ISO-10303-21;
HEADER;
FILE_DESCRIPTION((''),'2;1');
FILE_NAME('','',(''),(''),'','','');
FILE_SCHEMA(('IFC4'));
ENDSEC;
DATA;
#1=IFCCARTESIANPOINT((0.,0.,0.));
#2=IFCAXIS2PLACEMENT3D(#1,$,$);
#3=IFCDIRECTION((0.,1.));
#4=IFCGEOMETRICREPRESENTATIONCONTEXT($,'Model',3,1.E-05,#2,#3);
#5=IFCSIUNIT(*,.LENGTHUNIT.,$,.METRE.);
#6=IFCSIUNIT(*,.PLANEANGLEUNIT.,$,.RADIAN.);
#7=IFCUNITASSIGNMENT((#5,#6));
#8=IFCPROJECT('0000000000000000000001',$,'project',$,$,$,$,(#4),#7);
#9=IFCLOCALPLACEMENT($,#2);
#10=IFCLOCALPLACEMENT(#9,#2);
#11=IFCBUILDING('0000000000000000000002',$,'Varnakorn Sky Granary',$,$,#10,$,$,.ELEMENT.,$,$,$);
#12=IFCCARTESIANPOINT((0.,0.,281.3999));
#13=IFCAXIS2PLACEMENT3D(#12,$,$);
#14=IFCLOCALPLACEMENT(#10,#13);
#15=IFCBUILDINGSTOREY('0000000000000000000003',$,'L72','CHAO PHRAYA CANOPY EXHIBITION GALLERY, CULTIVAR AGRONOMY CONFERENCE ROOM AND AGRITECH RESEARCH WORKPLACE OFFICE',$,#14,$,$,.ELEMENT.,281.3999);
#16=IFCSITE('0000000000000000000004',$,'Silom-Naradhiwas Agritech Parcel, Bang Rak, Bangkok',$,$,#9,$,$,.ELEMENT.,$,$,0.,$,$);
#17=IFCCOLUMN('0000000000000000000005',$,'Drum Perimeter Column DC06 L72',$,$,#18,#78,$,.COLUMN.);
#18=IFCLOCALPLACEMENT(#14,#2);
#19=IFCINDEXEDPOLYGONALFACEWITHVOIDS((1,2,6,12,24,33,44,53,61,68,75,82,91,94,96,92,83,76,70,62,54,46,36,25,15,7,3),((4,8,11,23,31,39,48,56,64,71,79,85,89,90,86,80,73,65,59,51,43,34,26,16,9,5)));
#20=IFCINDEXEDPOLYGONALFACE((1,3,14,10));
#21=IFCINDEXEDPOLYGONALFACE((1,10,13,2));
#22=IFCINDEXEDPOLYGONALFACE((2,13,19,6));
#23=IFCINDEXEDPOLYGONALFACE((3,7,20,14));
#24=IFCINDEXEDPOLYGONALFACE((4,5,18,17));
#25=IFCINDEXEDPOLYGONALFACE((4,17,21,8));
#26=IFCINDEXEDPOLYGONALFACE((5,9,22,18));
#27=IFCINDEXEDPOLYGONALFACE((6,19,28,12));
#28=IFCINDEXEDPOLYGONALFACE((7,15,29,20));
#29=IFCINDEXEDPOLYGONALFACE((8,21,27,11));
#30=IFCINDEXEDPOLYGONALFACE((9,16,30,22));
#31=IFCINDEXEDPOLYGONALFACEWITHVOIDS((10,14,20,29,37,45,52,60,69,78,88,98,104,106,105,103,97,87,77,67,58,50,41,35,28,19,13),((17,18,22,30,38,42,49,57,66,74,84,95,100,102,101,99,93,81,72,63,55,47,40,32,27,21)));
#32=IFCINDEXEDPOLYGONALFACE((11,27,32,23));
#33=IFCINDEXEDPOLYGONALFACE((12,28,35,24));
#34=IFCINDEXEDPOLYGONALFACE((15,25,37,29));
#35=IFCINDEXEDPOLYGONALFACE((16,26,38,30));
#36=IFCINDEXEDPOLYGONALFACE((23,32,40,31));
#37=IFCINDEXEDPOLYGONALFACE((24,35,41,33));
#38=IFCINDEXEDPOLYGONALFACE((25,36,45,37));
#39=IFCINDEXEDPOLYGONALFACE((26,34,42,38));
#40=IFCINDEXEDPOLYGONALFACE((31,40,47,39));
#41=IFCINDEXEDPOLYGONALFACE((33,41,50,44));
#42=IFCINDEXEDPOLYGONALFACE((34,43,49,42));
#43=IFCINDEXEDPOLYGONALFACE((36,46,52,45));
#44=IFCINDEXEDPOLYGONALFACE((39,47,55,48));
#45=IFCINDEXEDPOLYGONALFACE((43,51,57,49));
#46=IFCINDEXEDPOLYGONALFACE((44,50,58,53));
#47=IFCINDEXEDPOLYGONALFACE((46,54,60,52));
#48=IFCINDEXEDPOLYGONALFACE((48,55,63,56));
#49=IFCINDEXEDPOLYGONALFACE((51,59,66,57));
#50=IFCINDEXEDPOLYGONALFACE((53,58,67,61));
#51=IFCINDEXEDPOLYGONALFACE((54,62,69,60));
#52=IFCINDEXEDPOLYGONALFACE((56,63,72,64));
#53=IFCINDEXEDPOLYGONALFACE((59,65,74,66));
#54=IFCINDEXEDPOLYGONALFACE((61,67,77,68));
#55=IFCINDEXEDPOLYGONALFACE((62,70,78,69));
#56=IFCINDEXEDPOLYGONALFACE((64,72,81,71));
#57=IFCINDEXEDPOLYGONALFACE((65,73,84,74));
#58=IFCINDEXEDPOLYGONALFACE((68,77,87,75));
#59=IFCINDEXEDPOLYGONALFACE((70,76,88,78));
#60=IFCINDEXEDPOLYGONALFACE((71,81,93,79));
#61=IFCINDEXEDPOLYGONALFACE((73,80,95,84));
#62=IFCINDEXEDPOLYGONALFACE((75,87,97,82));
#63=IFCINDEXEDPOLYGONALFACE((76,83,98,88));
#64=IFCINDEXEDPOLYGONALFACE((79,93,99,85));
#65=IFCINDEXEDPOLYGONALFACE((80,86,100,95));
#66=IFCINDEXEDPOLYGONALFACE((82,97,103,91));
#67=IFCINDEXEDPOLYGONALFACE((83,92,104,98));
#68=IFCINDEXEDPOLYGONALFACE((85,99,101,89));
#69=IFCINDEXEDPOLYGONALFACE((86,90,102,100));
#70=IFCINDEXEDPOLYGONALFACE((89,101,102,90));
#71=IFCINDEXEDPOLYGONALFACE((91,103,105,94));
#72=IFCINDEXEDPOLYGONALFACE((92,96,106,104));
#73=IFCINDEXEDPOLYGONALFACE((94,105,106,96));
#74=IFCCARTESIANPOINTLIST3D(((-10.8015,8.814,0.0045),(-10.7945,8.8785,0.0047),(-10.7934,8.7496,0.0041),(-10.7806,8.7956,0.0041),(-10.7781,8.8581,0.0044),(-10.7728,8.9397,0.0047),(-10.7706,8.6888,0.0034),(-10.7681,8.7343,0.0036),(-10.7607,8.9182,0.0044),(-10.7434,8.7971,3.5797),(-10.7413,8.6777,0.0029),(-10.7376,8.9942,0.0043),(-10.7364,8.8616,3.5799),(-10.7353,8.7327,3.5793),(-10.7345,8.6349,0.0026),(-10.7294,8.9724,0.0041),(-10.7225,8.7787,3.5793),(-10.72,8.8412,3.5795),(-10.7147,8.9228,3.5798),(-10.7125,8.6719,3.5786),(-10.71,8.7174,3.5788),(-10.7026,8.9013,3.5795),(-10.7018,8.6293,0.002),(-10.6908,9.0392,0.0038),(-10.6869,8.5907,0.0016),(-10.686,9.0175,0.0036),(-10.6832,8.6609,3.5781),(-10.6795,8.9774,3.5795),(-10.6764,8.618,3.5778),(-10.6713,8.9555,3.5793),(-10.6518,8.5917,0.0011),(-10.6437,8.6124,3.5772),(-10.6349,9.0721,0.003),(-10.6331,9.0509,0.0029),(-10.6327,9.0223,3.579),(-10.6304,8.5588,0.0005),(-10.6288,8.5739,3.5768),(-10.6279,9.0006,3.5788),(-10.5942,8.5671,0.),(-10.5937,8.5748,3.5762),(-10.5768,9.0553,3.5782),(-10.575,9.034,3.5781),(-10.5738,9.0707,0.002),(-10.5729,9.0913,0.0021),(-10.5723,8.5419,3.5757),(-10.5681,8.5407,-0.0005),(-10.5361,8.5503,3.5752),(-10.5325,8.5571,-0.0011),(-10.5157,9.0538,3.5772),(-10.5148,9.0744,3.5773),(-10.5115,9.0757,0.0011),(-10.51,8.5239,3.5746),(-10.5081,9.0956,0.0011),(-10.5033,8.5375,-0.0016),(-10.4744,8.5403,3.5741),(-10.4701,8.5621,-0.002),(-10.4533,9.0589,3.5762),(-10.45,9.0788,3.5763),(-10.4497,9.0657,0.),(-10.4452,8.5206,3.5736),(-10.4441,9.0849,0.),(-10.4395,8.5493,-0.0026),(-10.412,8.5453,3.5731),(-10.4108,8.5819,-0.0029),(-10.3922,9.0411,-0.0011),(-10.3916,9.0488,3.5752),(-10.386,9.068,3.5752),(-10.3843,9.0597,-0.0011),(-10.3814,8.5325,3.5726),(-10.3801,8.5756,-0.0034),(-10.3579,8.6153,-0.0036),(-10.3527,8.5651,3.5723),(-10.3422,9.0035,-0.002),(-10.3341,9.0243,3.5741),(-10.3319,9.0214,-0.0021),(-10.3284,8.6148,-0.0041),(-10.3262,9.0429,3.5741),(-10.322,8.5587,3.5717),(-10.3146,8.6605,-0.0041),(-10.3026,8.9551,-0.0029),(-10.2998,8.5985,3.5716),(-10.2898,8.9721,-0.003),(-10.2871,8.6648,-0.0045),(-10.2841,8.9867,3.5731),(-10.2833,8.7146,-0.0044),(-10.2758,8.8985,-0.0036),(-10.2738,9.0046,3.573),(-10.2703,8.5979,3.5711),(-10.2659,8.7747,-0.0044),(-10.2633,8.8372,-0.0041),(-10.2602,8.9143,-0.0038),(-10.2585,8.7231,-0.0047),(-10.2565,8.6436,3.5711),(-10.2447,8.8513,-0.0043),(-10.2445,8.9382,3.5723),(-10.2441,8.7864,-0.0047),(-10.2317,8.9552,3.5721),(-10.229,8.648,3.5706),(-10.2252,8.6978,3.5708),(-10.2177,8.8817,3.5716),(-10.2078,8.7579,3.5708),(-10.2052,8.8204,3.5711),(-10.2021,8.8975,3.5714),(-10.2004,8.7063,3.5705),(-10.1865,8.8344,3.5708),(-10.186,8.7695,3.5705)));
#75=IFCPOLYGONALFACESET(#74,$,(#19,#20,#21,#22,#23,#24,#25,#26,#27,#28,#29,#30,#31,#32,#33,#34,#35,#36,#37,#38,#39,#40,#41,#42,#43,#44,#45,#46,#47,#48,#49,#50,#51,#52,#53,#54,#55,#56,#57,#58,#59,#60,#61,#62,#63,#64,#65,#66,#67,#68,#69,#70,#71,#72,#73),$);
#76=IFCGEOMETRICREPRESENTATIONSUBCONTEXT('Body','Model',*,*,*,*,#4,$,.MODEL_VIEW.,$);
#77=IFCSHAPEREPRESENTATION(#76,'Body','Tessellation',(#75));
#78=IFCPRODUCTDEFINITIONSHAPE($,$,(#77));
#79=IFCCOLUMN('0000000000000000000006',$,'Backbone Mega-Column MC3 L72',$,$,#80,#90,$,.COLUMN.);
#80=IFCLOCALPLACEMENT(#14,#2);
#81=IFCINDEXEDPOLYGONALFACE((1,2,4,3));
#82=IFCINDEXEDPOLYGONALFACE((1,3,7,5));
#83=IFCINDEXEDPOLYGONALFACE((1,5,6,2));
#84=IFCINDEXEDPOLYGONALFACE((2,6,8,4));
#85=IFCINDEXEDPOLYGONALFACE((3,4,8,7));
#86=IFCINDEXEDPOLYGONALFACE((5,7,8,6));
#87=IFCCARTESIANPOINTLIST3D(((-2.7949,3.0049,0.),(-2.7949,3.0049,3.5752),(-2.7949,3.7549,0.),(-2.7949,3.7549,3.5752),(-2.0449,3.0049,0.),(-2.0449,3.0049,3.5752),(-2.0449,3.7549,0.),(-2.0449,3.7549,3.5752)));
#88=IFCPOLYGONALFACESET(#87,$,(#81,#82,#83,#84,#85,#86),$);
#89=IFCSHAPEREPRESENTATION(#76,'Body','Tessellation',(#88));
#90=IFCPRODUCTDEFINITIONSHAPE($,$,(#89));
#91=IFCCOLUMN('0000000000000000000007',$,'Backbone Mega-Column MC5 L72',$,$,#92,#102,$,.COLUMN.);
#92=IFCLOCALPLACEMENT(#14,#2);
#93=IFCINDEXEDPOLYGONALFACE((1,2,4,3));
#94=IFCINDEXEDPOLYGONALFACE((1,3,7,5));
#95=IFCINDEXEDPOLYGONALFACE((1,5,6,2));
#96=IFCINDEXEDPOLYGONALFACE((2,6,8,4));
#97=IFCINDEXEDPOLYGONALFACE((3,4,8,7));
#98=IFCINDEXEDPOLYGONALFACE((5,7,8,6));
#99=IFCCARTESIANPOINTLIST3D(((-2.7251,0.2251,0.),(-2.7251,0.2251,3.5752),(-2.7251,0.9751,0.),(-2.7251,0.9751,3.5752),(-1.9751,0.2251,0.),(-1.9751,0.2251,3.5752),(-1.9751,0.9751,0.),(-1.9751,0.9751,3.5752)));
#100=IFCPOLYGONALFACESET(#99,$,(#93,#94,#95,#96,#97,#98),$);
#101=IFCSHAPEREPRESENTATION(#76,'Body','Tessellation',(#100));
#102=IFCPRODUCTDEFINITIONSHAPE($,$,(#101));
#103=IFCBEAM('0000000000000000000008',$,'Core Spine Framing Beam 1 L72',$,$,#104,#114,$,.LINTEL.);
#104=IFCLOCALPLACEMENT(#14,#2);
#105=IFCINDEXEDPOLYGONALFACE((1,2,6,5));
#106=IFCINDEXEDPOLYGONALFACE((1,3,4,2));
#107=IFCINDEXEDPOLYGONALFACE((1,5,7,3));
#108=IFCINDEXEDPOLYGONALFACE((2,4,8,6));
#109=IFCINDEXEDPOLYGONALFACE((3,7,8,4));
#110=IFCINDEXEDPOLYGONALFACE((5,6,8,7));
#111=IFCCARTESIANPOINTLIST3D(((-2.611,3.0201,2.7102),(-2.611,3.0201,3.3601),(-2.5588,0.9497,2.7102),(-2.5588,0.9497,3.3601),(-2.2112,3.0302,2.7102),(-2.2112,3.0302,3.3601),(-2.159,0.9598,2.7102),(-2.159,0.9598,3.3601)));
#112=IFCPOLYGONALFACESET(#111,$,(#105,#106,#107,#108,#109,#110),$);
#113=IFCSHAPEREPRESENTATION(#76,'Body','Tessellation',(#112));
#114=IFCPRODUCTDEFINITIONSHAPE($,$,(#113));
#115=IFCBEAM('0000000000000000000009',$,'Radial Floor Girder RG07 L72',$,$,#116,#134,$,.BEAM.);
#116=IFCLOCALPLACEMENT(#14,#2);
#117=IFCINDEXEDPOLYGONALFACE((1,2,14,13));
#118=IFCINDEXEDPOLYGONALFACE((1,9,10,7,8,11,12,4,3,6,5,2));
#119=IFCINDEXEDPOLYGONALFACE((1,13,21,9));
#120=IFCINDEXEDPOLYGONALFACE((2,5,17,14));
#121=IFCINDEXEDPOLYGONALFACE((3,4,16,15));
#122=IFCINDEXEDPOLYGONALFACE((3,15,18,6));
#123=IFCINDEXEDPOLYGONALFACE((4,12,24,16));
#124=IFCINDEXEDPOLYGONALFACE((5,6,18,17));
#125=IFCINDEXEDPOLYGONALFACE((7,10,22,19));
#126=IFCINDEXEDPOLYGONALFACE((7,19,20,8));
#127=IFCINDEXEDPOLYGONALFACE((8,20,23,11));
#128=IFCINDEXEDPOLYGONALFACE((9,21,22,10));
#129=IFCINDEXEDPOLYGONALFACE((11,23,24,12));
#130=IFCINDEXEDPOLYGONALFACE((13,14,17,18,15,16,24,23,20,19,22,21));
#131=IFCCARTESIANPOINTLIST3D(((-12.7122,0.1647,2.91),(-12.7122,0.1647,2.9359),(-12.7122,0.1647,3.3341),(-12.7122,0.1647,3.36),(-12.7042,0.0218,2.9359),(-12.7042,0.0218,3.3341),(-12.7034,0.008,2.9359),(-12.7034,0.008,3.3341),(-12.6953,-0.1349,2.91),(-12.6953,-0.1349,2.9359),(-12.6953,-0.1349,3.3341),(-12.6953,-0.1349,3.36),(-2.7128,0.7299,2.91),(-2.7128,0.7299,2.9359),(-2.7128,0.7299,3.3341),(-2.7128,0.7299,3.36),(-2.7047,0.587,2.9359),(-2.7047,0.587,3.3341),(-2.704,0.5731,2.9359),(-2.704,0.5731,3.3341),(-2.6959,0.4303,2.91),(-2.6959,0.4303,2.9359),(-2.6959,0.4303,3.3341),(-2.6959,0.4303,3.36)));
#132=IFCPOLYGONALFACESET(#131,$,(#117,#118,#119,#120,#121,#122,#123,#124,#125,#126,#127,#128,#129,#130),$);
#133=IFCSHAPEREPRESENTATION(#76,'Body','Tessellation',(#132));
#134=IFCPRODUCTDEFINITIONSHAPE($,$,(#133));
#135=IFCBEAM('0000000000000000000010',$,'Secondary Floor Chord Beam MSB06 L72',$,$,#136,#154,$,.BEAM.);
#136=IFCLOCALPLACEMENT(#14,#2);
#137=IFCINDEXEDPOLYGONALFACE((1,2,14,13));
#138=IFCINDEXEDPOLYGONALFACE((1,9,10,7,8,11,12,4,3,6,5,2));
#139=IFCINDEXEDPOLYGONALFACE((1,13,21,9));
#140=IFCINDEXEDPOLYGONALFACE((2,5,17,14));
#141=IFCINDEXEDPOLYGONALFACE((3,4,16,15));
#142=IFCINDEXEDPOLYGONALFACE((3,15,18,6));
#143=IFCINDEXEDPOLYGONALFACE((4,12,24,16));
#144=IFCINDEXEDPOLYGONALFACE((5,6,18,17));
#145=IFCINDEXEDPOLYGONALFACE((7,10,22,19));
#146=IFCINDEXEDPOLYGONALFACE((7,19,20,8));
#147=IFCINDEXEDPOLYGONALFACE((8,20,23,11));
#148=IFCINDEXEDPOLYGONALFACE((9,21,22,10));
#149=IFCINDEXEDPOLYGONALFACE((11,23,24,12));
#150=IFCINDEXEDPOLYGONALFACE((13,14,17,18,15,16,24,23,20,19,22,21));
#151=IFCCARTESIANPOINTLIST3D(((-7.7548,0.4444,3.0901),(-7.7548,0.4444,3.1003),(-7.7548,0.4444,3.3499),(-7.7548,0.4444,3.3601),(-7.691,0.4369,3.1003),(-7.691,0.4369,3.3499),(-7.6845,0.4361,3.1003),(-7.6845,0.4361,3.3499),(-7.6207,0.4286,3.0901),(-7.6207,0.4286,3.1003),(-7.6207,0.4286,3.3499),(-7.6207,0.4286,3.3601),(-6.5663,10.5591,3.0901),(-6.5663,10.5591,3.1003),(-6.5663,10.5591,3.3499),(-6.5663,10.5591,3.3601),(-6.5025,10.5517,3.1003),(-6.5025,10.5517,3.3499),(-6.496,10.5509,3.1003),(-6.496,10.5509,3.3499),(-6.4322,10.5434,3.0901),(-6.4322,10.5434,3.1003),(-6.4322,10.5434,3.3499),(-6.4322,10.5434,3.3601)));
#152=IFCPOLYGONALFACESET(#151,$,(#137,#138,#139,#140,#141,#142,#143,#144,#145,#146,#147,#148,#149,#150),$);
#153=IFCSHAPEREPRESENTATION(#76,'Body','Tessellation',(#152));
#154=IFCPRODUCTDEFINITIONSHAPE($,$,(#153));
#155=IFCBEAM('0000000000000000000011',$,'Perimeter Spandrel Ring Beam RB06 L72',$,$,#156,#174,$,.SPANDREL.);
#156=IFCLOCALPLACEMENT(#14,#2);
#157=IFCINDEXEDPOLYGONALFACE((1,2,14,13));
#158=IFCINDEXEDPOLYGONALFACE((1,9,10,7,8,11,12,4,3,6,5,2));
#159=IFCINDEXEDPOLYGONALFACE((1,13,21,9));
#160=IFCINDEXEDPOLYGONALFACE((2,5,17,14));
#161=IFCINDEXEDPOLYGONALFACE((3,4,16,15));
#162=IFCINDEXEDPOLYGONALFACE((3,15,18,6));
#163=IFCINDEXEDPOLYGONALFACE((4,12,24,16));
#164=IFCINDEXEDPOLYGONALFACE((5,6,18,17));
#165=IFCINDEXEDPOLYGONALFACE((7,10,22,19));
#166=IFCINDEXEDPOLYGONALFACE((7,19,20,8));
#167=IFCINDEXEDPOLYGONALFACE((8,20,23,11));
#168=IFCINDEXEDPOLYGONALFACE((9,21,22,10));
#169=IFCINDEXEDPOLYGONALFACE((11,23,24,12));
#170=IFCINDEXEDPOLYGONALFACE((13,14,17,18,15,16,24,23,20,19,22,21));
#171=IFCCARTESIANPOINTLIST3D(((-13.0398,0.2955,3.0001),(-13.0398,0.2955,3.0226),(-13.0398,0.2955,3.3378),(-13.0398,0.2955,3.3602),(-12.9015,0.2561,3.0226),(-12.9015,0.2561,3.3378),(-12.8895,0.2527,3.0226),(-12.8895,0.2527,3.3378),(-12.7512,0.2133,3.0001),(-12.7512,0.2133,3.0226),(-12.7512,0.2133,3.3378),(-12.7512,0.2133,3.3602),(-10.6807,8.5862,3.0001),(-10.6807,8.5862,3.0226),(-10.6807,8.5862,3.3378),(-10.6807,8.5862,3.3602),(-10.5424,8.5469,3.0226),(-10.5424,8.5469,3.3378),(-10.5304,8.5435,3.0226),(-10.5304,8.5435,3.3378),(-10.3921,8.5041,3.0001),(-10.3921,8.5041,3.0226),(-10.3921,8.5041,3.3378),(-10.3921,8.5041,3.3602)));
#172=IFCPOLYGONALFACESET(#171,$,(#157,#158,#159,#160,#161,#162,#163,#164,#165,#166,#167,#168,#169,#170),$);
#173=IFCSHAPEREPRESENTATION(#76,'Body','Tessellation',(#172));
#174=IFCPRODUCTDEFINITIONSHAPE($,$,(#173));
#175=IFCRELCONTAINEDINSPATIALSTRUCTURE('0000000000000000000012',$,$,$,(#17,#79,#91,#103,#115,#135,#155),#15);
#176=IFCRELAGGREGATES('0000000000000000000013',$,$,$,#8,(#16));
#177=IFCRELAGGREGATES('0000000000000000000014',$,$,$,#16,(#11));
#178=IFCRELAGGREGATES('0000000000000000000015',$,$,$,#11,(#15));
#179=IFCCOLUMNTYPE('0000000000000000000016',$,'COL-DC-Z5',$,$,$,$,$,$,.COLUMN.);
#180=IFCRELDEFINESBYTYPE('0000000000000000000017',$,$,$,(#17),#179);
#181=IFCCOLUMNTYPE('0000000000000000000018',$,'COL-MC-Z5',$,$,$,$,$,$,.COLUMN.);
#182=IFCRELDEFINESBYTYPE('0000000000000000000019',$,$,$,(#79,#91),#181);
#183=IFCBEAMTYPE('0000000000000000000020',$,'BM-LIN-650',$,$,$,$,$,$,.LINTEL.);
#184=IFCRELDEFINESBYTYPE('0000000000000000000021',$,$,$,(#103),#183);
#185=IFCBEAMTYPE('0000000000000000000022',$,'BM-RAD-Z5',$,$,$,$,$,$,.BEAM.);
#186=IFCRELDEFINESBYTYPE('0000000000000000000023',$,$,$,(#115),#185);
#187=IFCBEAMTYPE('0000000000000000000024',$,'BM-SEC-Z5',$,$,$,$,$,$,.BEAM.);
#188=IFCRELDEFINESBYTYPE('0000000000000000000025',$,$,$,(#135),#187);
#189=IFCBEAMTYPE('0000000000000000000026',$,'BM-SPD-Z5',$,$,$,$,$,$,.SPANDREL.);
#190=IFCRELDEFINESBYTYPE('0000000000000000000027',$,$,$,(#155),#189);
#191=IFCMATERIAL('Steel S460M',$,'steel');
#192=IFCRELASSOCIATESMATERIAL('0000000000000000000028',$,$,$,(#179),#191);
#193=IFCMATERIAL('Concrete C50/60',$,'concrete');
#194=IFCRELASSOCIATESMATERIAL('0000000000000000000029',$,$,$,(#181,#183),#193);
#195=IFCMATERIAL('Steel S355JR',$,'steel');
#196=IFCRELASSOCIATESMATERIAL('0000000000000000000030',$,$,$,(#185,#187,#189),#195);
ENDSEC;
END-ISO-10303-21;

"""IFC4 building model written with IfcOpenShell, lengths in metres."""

from ifc_helpers import new_model, si_unit, direction, frame, origin, origin_2d, place, context, subcontext, project, spatial, rectangle, hollow_circle, i_section, extrude, material, material_profile, profile_set, type_object, element, save


model = new_model("IFC4")

# Units and contexts
model_context = context("Model", 3, precision=1e-05, world=origin(), true_north=direction((0.0, 1.0)))
body_context = subcontext(model_context, "Body", "Model", "MODEL_VIEW")
ifc_project = project(units=[si_unit("LENGTHUNIT", "METRE"), si_unit("PLANEANGLEUNIT", "RADIAN")], contexts=[model_context])

# Site, building, storey
site_placement = place(None, origin())
site = spatial("IfcSite", under=ifc_project, at=site_placement, Name="Silom-Naradhiwas Agritech Parcel, Bang Rak, Bangkok", CompositionType="ELEMENT", RefElevation=0.0)
building_placement = place(site_placement, origin())
building = spatial("IfcBuilding", under=site, at=building_placement, Name="Varnakorn Sky Granary", CompositionType="ELEMENT")
storey_placement = place(building_placement, frame((0.0, 0.0, 281.3999)))
storey = spatial("IfcBuildingStorey", under=building, at=storey_placement, Name="L72", Description="CHAO PHRAYA CANOPY EXHIBITION GALLERY, CULTIVAR AGRONOMY CONFERENCE ROOM AND AGRITECH RESEARCH WORKPLACE OFFICE", CompositionType="ELEMENT", Elevation=281.3999)

# Columns
ifc_material_1 = material(Name="Steel S460M", Category="steel")
ifc_material_profile_1 = material_profile(ifc_material_1, hollow_circle(Radius=0.2795, WallThickness=0.02, at=origin_2d()), Name="CHS 559x20")
ifc_profile_set_1 = profile_set([ifc_material_profile_1], Name="Steel S460M")
column_type_1 = type_object("IfcColumnType", Name="COL-DC-Z5", PredefinedType="COLUMN", material=ifc_profile_set_1)
column_placement = place(storey_placement, frame((-10.522, 8.8164, 0.0), z_axis=(0.01625, -0.004711, 0.999857), x_axis=(0.27845, 0.960451, 0.0)))
element("IfcColumn", 1, at=column_placement, inside=storey, type_object=column_type_1, Name="Drum Perimeter Column DC06 L72", PredefinedType="COLUMN", context=body_context, shape_type="SweptSolid", body=[
    extrude(hollow_circle(Radius=0.2795, WallThickness=0.02, at=origin_2d()), origin(), (0.0, 0.0, 1.0), 3.5757),
])
ifc_material_2 = material(Name="Concrete C50/60", Category="concrete")
ifc_material_profile_2 = material_profile(ifc_material_2, rectangle(XDim=0.75, YDim=0.75, at=origin_2d()), Name="RC 750x750")
ifc_profile_set_2 = profile_set([ifc_material_profile_2], Name="Concrete C50/60")
column_type_2 = type_object("IfcColumnType", Name="COL-MC-Z5", PredefinedType="COLUMN", material=ifc_profile_set_2)
for number, where, z_axis, x_axis, name in (
    (2, (-2.4199, 3.3799, 0.0), (0.0, 0.0, 1.0), (1.0, 0.0, 0.0), "Backbone Mega-Column MC3 L72"),
    (3, (-2.3501, 0.6001, 0.0), (0.0, 0.0, 1.0), (1.0, 0.0, 0.0), "Backbone Mega-Column MC5 L72"),
):
    element("IfcColumn", number, at=place(storey_placement, frame(where, z_axis=z_axis, x_axis=x_axis)), inside=storey, type_object=column_type_2, Name=name, PredefinedType="COLUMN", context=body_context, shape_type="SweptSolid", body=[
        extrude(rectangle(XDim=0.75, YDim=0.75, at=origin_2d()), origin(), (0.0, 0.0, 1.0), 3.5752),
    ])

# Beams
ifc_material_profile_3 = material_profile(ifc_material_2, rectangle(XDim=0.3999, YDim=0.6499, at=origin_2d()), Name="RC 400x650")
ifc_profile_set_3 = profile_set([ifc_material_profile_3], Name="Concrete C50/60")
beam_type_1 = type_object("IfcBeamType", Name="BM-LIN-650", PredefinedType="LINTEL", material=ifc_profile_set_3)
beam_1_placement = place(storey_placement, frame((-2.4111, 3.0251, 3.0352), z_axis=(0.025228, -0.999682, 0.0), x_axis=(0.999682, 0.025228, 0.0)))
element("IfcBeam", 4, at=beam_1_placement, inside=storey, type_object=beam_type_1, Name="Core Spine Framing Beam 1 L72", PredefinedType="LINTEL", context=body_context, shape_type="SweptSolid", body=[
    extrude(rectangle(XDim=0.3999, YDim=0.6499, at=origin_2d()), origin(), (0.0, 0.0, 1.0), 2.071),
])
ifc_material_3 = material(Name="Steel S355JR", Category="steel")
ifc_material_profile_4 = material_profile(ifc_material_3, i_section(OverallWidth=0.3, OverallDepth=0.45, WebThickness=0.0139, FlangeThickness=0.0259, at=origin_2d()), Name="HE 450 B")
ifc_profile_set_4 = profile_set([ifc_material_profile_4], Name="Steel S355JR")
beam_type_2 = type_object("IfcBeamType", Name="BM-RAD-Z5", PredefinedType="BEAM", material=ifc_profile_set_4)
beam_2_placement = place(storey_placement, frame((-2.7043, 0.5801, 3.135), z_axis=(-0.998406, -0.056431, 0.0), x_axis=(0.056431, -0.998406, 0.0)))
element("IfcBeam", 5, at=beam_2_placement, inside=storey, type_object=beam_type_2, Name="Radial Floor Girder RG07 L72", PredefinedType="BEAM", context=body_context, shape_type="SweptSolid", body=[
    extrude(i_section(OverallWidth=0.3, OverallDepth=0.45, WebThickness=0.0139, FlangeThickness=0.0259, at=origin_2d()), origin(), (0.0, 0.0, 1.0), 10.0154),
])
ifc_material_profile_5 = material_profile(ifc_material_3, i_section(OverallWidth=0.135, OverallDepth=0.27, WebThickness=0.0066, FlangeThickness=0.0103, at=origin_2d()), Name="IPE 270")
ifc_profile_set_5 = profile_set([ifc_material_profile_5], Name="Steel S355JR")
beam_type_3 = type_object("IfcBeamType", Name="BM-SEC-Z5", PredefinedType="BEAM", material=ifc_profile_set_5)
beam_3_placement = place(storey_placement, frame((-6.4993, 10.5513, 3.2251), z_axis=(-0.116697, -0.993168, 0.0), x_axis=(0.993168, -0.116697, 0.0)))
element("IfcBeam", 6, at=beam_3_placement, inside=storey, type_object=beam_type_3, Name="Secondary Floor Chord Beam MSB06 L72", PredefinedType="BEAM", context=body_context, shape_type="SweptSolid", body=[
    extrude(i_section(OverallWidth=0.135, OverallDepth=0.27, WebThickness=0.0066, FlangeThickness=0.0103, at=origin_2d()), origin(), (0.0, 0.0, 1.0), 10.1843),
])
ifc_material_profile_6 = material_profile(ifc_material_3, i_section(OverallWidth=0.3, OverallDepth=0.3601, WebThickness=0.0125, FlangeThickness=0.0225, at=origin_2d()), Name="HE 360 B")
ifc_profile_set_6 = profile_set([ifc_material_profile_6], Name="Steel S355JR")
beam_type_4 = type_object("IfcBeamType", Name="BM-SPD-Z5", PredefinedType="SPANDREL", material=ifc_profile_set_6)
beam_4_placement = place(storey_placement, frame((-10.5364, 8.5452, 3.1802), z_axis=(-0.273685, -0.961819, 0.0), x_axis=(0.961819, -0.273685, 0.0)))
element("IfcBeam", 7, at=beam_4_placement, inside=storey, type_object=beam_type_4, Name="Perimeter Spandrel Ring Beam RB06 L72", PredefinedType="SPANDREL", context=body_context, shape_type="SweptSolid", body=[
    extrude(i_section(OverallWidth=0.3, OverallDepth=0.3601, WebThickness=0.0125, FlangeThickness=0.0225, at=origin_2d()), origin(), (0.0, 0.0, 1.0), 8.6199),
])

save(model, "model.ifc")
